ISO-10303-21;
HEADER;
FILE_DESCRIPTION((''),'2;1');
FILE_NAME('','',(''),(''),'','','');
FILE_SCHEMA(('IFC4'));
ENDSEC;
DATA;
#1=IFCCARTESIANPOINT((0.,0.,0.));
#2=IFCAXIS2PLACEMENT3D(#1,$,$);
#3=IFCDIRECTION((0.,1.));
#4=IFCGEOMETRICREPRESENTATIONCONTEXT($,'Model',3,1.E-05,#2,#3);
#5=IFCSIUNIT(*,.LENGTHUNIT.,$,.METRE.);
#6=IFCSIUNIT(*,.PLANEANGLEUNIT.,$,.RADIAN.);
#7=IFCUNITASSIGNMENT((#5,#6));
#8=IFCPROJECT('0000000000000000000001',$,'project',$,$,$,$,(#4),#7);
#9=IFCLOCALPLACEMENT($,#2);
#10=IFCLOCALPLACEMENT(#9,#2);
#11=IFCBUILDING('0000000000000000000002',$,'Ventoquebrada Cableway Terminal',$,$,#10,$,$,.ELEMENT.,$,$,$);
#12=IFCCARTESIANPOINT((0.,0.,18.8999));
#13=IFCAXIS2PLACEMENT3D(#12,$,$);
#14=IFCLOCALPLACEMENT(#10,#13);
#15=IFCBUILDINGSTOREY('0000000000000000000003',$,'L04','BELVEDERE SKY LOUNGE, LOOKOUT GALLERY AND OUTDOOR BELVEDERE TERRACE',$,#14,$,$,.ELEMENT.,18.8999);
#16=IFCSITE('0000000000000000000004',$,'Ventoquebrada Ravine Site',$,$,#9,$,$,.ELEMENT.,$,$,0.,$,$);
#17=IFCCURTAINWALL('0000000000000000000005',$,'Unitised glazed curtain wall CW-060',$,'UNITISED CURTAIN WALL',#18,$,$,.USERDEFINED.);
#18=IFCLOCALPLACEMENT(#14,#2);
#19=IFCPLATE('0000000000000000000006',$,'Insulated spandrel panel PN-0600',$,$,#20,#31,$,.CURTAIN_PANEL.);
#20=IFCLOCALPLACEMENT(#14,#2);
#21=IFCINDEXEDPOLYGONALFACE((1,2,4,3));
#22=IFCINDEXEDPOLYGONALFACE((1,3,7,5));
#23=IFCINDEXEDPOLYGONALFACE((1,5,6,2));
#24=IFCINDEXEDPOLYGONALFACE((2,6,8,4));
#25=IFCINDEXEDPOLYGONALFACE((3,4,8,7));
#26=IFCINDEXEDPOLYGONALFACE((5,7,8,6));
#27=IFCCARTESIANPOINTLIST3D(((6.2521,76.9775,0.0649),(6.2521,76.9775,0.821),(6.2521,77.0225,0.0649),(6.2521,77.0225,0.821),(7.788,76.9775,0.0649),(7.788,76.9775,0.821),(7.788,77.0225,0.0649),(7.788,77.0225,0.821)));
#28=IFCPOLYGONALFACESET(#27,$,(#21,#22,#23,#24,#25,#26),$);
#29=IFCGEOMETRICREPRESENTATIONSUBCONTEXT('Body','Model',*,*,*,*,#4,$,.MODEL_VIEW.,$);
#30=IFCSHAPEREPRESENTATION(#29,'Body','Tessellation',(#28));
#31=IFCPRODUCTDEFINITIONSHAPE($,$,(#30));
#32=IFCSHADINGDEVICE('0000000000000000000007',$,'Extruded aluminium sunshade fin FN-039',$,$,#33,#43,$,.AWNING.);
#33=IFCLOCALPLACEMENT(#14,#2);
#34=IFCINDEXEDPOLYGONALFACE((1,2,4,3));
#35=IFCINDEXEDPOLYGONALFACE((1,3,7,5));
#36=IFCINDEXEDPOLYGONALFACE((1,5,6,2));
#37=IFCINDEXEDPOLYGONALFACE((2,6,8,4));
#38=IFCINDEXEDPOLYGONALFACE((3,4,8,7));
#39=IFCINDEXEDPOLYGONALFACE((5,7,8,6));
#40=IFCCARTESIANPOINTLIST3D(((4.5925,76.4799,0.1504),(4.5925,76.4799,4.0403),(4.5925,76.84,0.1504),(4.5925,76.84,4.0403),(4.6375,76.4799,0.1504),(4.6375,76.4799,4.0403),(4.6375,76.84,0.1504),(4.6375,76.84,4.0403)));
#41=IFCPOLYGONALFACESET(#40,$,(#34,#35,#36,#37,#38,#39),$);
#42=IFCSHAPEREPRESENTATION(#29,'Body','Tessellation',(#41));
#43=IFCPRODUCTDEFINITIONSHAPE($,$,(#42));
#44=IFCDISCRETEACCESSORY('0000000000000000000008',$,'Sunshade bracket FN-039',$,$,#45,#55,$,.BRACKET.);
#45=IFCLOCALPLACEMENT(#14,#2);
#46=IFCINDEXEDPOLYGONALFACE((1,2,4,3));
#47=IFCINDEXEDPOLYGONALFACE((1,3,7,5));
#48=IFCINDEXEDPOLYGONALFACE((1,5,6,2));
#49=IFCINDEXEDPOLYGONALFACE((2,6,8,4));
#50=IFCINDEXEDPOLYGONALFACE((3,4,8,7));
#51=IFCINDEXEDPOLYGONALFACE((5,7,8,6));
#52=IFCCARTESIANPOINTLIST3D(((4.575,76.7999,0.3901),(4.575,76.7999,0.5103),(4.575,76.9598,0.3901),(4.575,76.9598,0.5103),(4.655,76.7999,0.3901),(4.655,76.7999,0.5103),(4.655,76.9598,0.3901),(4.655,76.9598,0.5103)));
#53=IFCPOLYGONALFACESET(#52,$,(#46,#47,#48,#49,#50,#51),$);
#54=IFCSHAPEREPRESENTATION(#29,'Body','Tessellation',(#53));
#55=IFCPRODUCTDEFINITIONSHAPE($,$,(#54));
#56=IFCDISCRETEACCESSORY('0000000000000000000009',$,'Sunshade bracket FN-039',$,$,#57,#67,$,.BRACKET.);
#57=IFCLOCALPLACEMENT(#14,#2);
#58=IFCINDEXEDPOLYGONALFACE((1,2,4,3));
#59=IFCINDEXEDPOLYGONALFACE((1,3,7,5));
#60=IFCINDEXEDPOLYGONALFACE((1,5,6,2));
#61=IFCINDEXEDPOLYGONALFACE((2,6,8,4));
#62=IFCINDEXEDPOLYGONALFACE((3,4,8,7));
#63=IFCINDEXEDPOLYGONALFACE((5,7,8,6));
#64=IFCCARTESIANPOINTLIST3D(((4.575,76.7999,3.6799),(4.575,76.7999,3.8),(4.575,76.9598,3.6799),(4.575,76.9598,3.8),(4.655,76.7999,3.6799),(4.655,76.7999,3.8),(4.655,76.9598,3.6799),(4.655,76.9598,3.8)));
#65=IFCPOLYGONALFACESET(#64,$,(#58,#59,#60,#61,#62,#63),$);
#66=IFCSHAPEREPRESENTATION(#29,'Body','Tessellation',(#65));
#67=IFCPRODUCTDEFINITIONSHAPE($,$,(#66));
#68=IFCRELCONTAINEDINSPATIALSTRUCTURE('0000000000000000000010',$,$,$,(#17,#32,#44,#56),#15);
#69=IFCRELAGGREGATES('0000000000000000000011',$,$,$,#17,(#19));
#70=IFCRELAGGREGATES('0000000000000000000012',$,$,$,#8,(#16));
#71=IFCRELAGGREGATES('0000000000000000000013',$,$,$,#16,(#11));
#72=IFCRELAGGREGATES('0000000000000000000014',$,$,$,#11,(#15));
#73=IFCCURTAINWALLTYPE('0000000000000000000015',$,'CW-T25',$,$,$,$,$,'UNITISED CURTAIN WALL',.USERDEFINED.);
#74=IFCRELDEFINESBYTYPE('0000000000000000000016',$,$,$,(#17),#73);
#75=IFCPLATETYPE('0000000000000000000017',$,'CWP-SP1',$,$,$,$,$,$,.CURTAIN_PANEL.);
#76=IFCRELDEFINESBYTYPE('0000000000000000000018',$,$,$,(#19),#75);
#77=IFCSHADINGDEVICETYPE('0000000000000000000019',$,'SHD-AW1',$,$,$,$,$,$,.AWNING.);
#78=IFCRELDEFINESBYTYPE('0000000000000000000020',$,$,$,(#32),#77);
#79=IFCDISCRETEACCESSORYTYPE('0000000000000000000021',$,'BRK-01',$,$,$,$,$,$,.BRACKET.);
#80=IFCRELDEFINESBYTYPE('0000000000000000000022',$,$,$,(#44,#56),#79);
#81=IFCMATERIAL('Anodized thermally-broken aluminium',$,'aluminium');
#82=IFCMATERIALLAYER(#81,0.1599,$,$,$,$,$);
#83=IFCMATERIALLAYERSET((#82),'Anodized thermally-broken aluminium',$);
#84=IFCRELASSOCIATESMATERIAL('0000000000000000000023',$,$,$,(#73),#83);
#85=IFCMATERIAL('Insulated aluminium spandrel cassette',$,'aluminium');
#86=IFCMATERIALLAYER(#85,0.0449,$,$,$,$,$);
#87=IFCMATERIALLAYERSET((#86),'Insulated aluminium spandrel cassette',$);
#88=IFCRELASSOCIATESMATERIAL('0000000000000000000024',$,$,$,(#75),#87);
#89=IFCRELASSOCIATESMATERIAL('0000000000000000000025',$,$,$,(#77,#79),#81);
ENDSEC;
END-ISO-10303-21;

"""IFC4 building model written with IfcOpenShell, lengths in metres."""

from ifc_helpers import new_model, si_unit, direction, frame, origin, origin_2d, place, context, subcontext, project, spatial, rectangle, extrude, material, layer, layer_set, type_object, element, aggregate, save


model = new_model("IFC4")

# Units and contexts
model_context = context("Model", 3, precision=1e-05, world=origin(), true_north=direction((0.0, 1.0)))
body_context = subcontext(model_context, "Body", "Model", "MODEL_VIEW")
ifc_project = project(units=[si_unit("LENGTHUNIT", "METRE"), si_unit("PLANEANGLEUNIT", "RADIAN")], contexts=[model_context])

# Site, building, storey
site_placement = place(None, origin())
site = spatial("IfcSite", under=ifc_project, at=site_placement, Name="Ventoquebrada Ravine Site", CompositionType="ELEMENT", RefElevation=0.0)
building_placement = place(site_placement, origin())
building = spatial("IfcBuilding", under=site, at=building_placement, Name="Ventoquebrada Cableway Terminal", CompositionType="ELEMENT")
storey_placement = place(building_placement, frame((0.0, 0.0, 18.8999)))
storey = spatial("IfcBuildingStorey", under=building, at=storey_placement, Name="L04", Description="BELVEDERE SKY LOUNGE, LOOKOUT GALLERY AND OUTDOOR BELVEDERE TERRACE", CompositionType="ELEMENT", Elevation=18.8999)

# Curtain wall, plate
ifc_material_1 = material(Name="Anodized thermally-broken aluminium", Category="aluminium")
ifc_layer_1 = layer(ifc_material_1, 0.1599)
ifc_layer_set_1 = layer_set([ifc_layer_1], Name="Anodized thermally-broken aluminium")
curtain_wall_type = type_object("IfcCurtainWallType", Name="CW-T25", ElementType="UNITISED CURTAIN WALL", PredefinedType="USERDEFINED", material=ifc_layer_set_1)
curtain_wall_placement = place(storey_placement, origin())
curtain_wall = element("IfcCurtainWall", 1, at=curtain_wall_placement, inside=storey, type_object=curtain_wall_type, Name="Unitised glazed curtain wall CW-060", ObjectType="UNITISED CURTAIN WALL", PredefinedType="USERDEFINED")
ifc_material_2 = material(Name="Insulated aluminium spandrel cassette", Category="aluminium")
ifc_layer_2 = layer(ifc_material_2, 0.0449)
ifc_layer_set_2 = layer_set([ifc_layer_2], Name="Insulated aluminium spandrel cassette")
plate_type_1 = type_object("IfcPlateType", Name="CWP-SP1", PredefinedType="CURTAIN_PANEL", material=ifc_layer_set_2)
plate_1_placement = place(storey_placement, frame((7.02, 77.0, 0.0649), z_axis=(0.0, 0.0, 1.0), x_axis=(1.0, 0.0, 0.0)))
plate_1 = element("IfcPlate", 2, at=plate_1_placement, type_object=plate_type_1, Name="Insulated spandrel panel PN-0600", PredefinedType="CURTAIN_PANEL", context=body_context, shape_type="SweptSolid", body=[
    extrude(rectangle(XDim=1.5359, YDim=0.0449, at=origin_2d()), origin(), (0.0, 0.0, 1.0), 0.7561),
])
aggregate(curtain_wall, [plate_1])

# Shading device
shading_device_type = type_object("IfcShadingDeviceType", Name="SHD-AW1", PredefinedType="AWNING", material=ifc_material_1)
shading_device_placement = place(storey_placement, frame((4.615, 76.6599, 0.1504), z_axis=(0.0, 0.0, 1.0), x_axis=(1.0, 0.0, 0.0)))
element("IfcShadingDevice", 3, at=shading_device_placement, inside=storey, type_object=shading_device_type, Name="Extruded aluminium sunshade fin FN-039", PredefinedType="AWNING", context=body_context, shape_type="SweptSolid", body=[
    extrude(rectangle(XDim=0.0449, YDim=0.3601, at=origin_2d()), origin(), (0.0, 0.0, 1.0), 3.8899),
])

# Discrete accessories
discrete_accessory_type = type_object("IfcDiscreteAccessoryType", Name="BRK-01", PredefinedType="BRACKET", material=ifc_material_1)
for number, where, z_axis, x_axis, name in (
    (4, (4.615, 76.8799, 0.3901), (0.0, 0.0, 1.0), (1.0, 0.0, 0.0), "Sunshade bracket FN-039"),
    (5, (4.615, 76.8799, 3.6799), (0.0, 0.0, 1.0), (1.0, 0.0, 0.0), "Sunshade bracket FN-039"),
):
    element("IfcDiscreteAccessory", number, at=place(storey_placement, frame(where, z_axis=z_axis, x_axis=x_axis)), inside=storey, type_object=discrete_accessory_type, Name=name, PredefinedType="BRACKET", context=body_context, shape_type="SweptSolid", body=[
        extrude(rectangle(XDim=0.0801, YDim=0.1599, at=origin_2d()), origin(), (0.0, 0.0, 1.0), 0.1201),
    ])

save(model, "model.ifc")
